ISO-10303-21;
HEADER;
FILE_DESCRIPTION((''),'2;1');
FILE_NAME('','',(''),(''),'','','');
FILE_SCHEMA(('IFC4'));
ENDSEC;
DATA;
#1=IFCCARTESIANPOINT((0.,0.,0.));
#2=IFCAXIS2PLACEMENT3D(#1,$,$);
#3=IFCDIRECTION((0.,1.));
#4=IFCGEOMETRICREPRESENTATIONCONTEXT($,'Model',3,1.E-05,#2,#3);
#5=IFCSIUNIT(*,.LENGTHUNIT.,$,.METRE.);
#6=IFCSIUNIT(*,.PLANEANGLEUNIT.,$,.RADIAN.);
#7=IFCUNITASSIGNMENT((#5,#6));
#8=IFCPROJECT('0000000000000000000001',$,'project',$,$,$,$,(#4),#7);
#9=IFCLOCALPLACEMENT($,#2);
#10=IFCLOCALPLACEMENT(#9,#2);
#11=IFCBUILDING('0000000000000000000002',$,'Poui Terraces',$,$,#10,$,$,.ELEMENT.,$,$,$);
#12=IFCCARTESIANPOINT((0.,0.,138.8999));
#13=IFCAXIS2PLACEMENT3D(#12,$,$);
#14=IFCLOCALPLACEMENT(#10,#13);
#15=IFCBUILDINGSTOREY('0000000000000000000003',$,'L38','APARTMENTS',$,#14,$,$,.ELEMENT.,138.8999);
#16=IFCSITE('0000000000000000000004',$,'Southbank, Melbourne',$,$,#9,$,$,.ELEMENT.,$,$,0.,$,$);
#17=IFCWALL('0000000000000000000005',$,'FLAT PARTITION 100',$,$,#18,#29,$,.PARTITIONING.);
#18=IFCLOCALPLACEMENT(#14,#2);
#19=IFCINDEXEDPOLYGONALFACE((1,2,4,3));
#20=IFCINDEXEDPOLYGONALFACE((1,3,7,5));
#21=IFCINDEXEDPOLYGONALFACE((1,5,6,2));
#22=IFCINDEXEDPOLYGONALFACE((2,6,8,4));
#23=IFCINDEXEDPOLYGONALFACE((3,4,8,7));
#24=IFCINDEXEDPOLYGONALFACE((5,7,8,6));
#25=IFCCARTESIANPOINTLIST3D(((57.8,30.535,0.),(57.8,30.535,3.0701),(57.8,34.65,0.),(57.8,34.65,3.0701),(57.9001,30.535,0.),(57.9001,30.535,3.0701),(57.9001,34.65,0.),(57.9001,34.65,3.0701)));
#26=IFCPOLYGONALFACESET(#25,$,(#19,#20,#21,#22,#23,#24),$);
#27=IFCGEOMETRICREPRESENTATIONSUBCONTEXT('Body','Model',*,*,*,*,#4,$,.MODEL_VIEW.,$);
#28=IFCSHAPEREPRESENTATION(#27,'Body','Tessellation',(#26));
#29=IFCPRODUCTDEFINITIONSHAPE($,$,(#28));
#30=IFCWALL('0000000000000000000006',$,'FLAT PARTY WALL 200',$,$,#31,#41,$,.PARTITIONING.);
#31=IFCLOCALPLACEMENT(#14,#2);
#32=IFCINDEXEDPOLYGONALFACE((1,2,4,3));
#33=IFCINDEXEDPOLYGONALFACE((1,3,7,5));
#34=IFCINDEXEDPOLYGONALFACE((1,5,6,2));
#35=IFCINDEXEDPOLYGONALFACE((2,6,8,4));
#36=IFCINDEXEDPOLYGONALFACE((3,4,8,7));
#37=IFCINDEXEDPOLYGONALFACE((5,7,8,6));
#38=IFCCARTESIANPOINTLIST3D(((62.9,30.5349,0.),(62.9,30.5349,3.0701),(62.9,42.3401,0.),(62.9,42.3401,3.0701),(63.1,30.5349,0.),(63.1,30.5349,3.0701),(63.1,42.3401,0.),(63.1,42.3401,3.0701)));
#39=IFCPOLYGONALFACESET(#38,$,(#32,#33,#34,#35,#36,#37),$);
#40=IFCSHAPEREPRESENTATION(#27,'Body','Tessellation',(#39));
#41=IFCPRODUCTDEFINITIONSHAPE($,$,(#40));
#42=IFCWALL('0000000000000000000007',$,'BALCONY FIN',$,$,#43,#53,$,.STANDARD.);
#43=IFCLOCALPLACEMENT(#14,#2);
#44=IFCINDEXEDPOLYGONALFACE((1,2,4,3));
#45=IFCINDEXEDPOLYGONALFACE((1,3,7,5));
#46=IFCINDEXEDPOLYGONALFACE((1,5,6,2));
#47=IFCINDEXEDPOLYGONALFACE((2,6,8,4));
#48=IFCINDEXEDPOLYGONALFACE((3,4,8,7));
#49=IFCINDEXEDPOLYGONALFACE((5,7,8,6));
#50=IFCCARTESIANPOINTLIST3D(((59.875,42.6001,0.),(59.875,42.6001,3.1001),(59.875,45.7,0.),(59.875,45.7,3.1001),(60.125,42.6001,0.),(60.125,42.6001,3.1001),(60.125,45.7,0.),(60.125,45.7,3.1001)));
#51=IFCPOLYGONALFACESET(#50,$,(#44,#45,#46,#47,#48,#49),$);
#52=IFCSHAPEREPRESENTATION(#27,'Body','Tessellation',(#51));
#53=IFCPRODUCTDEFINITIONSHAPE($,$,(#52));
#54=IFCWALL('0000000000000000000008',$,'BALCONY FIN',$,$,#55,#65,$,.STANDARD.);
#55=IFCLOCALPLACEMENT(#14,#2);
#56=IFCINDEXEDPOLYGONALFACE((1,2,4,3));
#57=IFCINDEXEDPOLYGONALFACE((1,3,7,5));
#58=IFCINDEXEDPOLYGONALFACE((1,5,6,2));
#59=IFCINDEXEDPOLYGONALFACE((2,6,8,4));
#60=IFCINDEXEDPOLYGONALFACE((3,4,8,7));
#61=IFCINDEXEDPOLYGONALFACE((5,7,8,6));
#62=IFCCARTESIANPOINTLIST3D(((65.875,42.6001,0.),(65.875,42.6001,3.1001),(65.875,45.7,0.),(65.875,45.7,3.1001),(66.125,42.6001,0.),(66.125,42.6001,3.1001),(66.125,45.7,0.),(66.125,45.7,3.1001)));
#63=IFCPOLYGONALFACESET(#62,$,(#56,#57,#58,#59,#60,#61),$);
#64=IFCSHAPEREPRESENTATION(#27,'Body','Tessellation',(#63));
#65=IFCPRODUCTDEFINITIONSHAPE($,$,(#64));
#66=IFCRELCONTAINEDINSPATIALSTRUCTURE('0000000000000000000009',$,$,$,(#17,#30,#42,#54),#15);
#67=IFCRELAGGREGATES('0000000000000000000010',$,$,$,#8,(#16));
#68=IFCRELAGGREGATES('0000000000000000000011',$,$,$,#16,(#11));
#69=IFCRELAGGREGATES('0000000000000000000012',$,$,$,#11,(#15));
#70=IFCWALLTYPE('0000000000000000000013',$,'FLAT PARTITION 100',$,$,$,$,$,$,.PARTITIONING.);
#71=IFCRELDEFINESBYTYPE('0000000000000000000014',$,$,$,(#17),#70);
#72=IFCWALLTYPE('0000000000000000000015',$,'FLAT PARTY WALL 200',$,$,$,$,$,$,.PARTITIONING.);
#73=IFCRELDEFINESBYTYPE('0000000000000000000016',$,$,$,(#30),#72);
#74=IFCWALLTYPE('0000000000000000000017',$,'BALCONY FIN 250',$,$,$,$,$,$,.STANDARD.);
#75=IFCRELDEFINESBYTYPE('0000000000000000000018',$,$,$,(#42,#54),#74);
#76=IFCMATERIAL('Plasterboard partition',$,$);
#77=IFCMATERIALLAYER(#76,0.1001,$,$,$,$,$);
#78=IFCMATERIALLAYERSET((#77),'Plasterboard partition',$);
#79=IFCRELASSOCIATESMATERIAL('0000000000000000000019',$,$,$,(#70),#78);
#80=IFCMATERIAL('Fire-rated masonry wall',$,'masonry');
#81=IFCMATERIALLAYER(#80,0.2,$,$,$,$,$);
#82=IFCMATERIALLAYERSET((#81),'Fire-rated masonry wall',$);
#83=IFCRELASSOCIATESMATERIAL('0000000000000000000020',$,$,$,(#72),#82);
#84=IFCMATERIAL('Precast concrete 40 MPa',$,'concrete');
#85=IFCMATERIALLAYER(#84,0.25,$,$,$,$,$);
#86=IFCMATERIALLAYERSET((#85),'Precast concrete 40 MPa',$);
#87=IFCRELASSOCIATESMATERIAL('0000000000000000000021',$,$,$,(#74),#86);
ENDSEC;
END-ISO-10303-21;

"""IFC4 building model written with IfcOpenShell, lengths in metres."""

from ifc_helpers import new_model, si_unit, direction, frame, frame_2d, origin, place, context, subcontext, project, spatial, polyline, rectangle, outline, extrude, source, transform, mapped, material, layer, layer_set, type_object, element, save


model = new_model("IFC4")

# Units and contexts
model_context = context("Model", 3, precision=1e-05, world=origin(), true_north=direction((0.0, 1.0)))
body_context = subcontext(model_context, "Body", "Model", "MODEL_VIEW")
ifc_project = project(units=[si_unit("LENGTHUNIT", "METRE"), si_unit("PLANEANGLEUNIT", "RADIAN")], contexts=[model_context])

# Site, building, storey
site_placement = place(None, origin())
site = spatial("IfcSite", under=ifc_project, at=site_placement, Name="Southbank, Melbourne", CompositionType="ELEMENT", RefElevation=0.0)
building_placement = place(site_placement, origin())
building = spatial("IfcBuilding", under=site, at=building_placement, Name="Poui Terraces", CompositionType="ELEMENT")
storey_placement = place(building_placement, frame((0.0, 0.0, 138.8999)))
storey = spatial("IfcBuildingStorey", under=building, at=storey_placement, Name="L38", Description="APARTMENTS", CompositionType="ELEMENT", Elevation=138.8999)

# Shared definitions
ifc_material_1 = material(Name="Plasterboard partition")
ifc_layer_1 = layer(ifc_material_1, 0.1001)
ifc_layer_set_1 = layer_set([ifc_layer_1], Name="Plasterboard partition")
wall_type_1 = type_object("IfcWallType", Name="FLAT PARTITION 100", PredefinedType="PARTITIONING", material=ifc_layer_set_1)

# Walls
wall_1_placement = place(storey_placement, frame((57.8501, 30.5349, 0.0), z_axis=(0.0, 0.0, 1.0), x_axis=(0.0, 1.0, 0.0)))
element("IfcWall", 1, at=wall_1_placement, inside=storey, type_object=wall_type_1, Name="FLAT PARTITION 100", PredefinedType="PARTITIONING", context=body_context, shape_type="SweptSolid", body=[
    extrude(rectangle(XDim=4.115, YDim=0.1001, at=frame_2d((2.0576, 0.0))), origin(), (0.0, 0.0, 1.0), 3.0701),
])
ifc_material_2 = material(Name="Fire-rated masonry wall", Category="masonry")
ifc_layer_2 = layer(ifc_material_2, 0.2)
ifc_layer_set_2 = layer_set([ifc_layer_2], Name="Fire-rated masonry wall")
wall_type_2 = type_object("IfcWallType", Name="FLAT PARTY WALL 200", PredefinedType="PARTITIONING", material=ifc_layer_set_2)
wall_2_placement = place(storey_placement, frame((63.0, 30.5349, 0.0), z_axis=(0.0, 0.0, 1.0), x_axis=(0.0, 1.0, 0.0)))
element("IfcWall", 2, at=wall_2_placement, inside=storey, type_object=wall_type_2, Name="FLAT PARTY WALL 200", PredefinedType="PARTITIONING", context=body_context, shape_type="SweptSolid", body=[
    extrude(rectangle(XDim=11.8052, YDim=0.2, at=frame_2d((5.9026, 0.0))), origin(), (0.0, 0.0, 1.0), 3.0701),
])
ifc_material_3 = material(Name="Precast concrete 40 MPa", Category="concrete")
ifc_layer_3 = layer(ifc_material_3, 0.25)
ifc_layer_set_3 = layer_set([ifc_layer_3], Name="Precast concrete 40 MPa")
wall_type_3 = type_object("IfcWallType", Name="BALCONY FIN 250", PredefinedType="STANDARD", material=ifc_layer_set_3)
shared_shape_1 = source(origin(), body_context, "Body", "SweptSolid", [
    extrude(outline(polyline([(0.0, 0.0), (0.25, 0.0), (0.25, 3.0999), (0.0, 3.0999), (0.0, 0.0)])), origin(), (0.0, 0.0, 1.0), 3.1001),
])
for number, where, name in (
    (3, (59.875, 42.6001, 0.0), "BALCONY FIN"),
    (4, (65.875, 42.6001, 0.0), "BALCONY FIN"),
):
    element("IfcWall", number, at=place(storey_placement, frame(where)), inside=storey, type_object=wall_type_3, Name=name, PredefinedType="STANDARD", context=body_context, shape_type="MappedRepresentation", body=[
        mapped(shared_shape_1, transform((0.0, 0.0, 0.0))),
    ])

save(model, "model.ifc")
